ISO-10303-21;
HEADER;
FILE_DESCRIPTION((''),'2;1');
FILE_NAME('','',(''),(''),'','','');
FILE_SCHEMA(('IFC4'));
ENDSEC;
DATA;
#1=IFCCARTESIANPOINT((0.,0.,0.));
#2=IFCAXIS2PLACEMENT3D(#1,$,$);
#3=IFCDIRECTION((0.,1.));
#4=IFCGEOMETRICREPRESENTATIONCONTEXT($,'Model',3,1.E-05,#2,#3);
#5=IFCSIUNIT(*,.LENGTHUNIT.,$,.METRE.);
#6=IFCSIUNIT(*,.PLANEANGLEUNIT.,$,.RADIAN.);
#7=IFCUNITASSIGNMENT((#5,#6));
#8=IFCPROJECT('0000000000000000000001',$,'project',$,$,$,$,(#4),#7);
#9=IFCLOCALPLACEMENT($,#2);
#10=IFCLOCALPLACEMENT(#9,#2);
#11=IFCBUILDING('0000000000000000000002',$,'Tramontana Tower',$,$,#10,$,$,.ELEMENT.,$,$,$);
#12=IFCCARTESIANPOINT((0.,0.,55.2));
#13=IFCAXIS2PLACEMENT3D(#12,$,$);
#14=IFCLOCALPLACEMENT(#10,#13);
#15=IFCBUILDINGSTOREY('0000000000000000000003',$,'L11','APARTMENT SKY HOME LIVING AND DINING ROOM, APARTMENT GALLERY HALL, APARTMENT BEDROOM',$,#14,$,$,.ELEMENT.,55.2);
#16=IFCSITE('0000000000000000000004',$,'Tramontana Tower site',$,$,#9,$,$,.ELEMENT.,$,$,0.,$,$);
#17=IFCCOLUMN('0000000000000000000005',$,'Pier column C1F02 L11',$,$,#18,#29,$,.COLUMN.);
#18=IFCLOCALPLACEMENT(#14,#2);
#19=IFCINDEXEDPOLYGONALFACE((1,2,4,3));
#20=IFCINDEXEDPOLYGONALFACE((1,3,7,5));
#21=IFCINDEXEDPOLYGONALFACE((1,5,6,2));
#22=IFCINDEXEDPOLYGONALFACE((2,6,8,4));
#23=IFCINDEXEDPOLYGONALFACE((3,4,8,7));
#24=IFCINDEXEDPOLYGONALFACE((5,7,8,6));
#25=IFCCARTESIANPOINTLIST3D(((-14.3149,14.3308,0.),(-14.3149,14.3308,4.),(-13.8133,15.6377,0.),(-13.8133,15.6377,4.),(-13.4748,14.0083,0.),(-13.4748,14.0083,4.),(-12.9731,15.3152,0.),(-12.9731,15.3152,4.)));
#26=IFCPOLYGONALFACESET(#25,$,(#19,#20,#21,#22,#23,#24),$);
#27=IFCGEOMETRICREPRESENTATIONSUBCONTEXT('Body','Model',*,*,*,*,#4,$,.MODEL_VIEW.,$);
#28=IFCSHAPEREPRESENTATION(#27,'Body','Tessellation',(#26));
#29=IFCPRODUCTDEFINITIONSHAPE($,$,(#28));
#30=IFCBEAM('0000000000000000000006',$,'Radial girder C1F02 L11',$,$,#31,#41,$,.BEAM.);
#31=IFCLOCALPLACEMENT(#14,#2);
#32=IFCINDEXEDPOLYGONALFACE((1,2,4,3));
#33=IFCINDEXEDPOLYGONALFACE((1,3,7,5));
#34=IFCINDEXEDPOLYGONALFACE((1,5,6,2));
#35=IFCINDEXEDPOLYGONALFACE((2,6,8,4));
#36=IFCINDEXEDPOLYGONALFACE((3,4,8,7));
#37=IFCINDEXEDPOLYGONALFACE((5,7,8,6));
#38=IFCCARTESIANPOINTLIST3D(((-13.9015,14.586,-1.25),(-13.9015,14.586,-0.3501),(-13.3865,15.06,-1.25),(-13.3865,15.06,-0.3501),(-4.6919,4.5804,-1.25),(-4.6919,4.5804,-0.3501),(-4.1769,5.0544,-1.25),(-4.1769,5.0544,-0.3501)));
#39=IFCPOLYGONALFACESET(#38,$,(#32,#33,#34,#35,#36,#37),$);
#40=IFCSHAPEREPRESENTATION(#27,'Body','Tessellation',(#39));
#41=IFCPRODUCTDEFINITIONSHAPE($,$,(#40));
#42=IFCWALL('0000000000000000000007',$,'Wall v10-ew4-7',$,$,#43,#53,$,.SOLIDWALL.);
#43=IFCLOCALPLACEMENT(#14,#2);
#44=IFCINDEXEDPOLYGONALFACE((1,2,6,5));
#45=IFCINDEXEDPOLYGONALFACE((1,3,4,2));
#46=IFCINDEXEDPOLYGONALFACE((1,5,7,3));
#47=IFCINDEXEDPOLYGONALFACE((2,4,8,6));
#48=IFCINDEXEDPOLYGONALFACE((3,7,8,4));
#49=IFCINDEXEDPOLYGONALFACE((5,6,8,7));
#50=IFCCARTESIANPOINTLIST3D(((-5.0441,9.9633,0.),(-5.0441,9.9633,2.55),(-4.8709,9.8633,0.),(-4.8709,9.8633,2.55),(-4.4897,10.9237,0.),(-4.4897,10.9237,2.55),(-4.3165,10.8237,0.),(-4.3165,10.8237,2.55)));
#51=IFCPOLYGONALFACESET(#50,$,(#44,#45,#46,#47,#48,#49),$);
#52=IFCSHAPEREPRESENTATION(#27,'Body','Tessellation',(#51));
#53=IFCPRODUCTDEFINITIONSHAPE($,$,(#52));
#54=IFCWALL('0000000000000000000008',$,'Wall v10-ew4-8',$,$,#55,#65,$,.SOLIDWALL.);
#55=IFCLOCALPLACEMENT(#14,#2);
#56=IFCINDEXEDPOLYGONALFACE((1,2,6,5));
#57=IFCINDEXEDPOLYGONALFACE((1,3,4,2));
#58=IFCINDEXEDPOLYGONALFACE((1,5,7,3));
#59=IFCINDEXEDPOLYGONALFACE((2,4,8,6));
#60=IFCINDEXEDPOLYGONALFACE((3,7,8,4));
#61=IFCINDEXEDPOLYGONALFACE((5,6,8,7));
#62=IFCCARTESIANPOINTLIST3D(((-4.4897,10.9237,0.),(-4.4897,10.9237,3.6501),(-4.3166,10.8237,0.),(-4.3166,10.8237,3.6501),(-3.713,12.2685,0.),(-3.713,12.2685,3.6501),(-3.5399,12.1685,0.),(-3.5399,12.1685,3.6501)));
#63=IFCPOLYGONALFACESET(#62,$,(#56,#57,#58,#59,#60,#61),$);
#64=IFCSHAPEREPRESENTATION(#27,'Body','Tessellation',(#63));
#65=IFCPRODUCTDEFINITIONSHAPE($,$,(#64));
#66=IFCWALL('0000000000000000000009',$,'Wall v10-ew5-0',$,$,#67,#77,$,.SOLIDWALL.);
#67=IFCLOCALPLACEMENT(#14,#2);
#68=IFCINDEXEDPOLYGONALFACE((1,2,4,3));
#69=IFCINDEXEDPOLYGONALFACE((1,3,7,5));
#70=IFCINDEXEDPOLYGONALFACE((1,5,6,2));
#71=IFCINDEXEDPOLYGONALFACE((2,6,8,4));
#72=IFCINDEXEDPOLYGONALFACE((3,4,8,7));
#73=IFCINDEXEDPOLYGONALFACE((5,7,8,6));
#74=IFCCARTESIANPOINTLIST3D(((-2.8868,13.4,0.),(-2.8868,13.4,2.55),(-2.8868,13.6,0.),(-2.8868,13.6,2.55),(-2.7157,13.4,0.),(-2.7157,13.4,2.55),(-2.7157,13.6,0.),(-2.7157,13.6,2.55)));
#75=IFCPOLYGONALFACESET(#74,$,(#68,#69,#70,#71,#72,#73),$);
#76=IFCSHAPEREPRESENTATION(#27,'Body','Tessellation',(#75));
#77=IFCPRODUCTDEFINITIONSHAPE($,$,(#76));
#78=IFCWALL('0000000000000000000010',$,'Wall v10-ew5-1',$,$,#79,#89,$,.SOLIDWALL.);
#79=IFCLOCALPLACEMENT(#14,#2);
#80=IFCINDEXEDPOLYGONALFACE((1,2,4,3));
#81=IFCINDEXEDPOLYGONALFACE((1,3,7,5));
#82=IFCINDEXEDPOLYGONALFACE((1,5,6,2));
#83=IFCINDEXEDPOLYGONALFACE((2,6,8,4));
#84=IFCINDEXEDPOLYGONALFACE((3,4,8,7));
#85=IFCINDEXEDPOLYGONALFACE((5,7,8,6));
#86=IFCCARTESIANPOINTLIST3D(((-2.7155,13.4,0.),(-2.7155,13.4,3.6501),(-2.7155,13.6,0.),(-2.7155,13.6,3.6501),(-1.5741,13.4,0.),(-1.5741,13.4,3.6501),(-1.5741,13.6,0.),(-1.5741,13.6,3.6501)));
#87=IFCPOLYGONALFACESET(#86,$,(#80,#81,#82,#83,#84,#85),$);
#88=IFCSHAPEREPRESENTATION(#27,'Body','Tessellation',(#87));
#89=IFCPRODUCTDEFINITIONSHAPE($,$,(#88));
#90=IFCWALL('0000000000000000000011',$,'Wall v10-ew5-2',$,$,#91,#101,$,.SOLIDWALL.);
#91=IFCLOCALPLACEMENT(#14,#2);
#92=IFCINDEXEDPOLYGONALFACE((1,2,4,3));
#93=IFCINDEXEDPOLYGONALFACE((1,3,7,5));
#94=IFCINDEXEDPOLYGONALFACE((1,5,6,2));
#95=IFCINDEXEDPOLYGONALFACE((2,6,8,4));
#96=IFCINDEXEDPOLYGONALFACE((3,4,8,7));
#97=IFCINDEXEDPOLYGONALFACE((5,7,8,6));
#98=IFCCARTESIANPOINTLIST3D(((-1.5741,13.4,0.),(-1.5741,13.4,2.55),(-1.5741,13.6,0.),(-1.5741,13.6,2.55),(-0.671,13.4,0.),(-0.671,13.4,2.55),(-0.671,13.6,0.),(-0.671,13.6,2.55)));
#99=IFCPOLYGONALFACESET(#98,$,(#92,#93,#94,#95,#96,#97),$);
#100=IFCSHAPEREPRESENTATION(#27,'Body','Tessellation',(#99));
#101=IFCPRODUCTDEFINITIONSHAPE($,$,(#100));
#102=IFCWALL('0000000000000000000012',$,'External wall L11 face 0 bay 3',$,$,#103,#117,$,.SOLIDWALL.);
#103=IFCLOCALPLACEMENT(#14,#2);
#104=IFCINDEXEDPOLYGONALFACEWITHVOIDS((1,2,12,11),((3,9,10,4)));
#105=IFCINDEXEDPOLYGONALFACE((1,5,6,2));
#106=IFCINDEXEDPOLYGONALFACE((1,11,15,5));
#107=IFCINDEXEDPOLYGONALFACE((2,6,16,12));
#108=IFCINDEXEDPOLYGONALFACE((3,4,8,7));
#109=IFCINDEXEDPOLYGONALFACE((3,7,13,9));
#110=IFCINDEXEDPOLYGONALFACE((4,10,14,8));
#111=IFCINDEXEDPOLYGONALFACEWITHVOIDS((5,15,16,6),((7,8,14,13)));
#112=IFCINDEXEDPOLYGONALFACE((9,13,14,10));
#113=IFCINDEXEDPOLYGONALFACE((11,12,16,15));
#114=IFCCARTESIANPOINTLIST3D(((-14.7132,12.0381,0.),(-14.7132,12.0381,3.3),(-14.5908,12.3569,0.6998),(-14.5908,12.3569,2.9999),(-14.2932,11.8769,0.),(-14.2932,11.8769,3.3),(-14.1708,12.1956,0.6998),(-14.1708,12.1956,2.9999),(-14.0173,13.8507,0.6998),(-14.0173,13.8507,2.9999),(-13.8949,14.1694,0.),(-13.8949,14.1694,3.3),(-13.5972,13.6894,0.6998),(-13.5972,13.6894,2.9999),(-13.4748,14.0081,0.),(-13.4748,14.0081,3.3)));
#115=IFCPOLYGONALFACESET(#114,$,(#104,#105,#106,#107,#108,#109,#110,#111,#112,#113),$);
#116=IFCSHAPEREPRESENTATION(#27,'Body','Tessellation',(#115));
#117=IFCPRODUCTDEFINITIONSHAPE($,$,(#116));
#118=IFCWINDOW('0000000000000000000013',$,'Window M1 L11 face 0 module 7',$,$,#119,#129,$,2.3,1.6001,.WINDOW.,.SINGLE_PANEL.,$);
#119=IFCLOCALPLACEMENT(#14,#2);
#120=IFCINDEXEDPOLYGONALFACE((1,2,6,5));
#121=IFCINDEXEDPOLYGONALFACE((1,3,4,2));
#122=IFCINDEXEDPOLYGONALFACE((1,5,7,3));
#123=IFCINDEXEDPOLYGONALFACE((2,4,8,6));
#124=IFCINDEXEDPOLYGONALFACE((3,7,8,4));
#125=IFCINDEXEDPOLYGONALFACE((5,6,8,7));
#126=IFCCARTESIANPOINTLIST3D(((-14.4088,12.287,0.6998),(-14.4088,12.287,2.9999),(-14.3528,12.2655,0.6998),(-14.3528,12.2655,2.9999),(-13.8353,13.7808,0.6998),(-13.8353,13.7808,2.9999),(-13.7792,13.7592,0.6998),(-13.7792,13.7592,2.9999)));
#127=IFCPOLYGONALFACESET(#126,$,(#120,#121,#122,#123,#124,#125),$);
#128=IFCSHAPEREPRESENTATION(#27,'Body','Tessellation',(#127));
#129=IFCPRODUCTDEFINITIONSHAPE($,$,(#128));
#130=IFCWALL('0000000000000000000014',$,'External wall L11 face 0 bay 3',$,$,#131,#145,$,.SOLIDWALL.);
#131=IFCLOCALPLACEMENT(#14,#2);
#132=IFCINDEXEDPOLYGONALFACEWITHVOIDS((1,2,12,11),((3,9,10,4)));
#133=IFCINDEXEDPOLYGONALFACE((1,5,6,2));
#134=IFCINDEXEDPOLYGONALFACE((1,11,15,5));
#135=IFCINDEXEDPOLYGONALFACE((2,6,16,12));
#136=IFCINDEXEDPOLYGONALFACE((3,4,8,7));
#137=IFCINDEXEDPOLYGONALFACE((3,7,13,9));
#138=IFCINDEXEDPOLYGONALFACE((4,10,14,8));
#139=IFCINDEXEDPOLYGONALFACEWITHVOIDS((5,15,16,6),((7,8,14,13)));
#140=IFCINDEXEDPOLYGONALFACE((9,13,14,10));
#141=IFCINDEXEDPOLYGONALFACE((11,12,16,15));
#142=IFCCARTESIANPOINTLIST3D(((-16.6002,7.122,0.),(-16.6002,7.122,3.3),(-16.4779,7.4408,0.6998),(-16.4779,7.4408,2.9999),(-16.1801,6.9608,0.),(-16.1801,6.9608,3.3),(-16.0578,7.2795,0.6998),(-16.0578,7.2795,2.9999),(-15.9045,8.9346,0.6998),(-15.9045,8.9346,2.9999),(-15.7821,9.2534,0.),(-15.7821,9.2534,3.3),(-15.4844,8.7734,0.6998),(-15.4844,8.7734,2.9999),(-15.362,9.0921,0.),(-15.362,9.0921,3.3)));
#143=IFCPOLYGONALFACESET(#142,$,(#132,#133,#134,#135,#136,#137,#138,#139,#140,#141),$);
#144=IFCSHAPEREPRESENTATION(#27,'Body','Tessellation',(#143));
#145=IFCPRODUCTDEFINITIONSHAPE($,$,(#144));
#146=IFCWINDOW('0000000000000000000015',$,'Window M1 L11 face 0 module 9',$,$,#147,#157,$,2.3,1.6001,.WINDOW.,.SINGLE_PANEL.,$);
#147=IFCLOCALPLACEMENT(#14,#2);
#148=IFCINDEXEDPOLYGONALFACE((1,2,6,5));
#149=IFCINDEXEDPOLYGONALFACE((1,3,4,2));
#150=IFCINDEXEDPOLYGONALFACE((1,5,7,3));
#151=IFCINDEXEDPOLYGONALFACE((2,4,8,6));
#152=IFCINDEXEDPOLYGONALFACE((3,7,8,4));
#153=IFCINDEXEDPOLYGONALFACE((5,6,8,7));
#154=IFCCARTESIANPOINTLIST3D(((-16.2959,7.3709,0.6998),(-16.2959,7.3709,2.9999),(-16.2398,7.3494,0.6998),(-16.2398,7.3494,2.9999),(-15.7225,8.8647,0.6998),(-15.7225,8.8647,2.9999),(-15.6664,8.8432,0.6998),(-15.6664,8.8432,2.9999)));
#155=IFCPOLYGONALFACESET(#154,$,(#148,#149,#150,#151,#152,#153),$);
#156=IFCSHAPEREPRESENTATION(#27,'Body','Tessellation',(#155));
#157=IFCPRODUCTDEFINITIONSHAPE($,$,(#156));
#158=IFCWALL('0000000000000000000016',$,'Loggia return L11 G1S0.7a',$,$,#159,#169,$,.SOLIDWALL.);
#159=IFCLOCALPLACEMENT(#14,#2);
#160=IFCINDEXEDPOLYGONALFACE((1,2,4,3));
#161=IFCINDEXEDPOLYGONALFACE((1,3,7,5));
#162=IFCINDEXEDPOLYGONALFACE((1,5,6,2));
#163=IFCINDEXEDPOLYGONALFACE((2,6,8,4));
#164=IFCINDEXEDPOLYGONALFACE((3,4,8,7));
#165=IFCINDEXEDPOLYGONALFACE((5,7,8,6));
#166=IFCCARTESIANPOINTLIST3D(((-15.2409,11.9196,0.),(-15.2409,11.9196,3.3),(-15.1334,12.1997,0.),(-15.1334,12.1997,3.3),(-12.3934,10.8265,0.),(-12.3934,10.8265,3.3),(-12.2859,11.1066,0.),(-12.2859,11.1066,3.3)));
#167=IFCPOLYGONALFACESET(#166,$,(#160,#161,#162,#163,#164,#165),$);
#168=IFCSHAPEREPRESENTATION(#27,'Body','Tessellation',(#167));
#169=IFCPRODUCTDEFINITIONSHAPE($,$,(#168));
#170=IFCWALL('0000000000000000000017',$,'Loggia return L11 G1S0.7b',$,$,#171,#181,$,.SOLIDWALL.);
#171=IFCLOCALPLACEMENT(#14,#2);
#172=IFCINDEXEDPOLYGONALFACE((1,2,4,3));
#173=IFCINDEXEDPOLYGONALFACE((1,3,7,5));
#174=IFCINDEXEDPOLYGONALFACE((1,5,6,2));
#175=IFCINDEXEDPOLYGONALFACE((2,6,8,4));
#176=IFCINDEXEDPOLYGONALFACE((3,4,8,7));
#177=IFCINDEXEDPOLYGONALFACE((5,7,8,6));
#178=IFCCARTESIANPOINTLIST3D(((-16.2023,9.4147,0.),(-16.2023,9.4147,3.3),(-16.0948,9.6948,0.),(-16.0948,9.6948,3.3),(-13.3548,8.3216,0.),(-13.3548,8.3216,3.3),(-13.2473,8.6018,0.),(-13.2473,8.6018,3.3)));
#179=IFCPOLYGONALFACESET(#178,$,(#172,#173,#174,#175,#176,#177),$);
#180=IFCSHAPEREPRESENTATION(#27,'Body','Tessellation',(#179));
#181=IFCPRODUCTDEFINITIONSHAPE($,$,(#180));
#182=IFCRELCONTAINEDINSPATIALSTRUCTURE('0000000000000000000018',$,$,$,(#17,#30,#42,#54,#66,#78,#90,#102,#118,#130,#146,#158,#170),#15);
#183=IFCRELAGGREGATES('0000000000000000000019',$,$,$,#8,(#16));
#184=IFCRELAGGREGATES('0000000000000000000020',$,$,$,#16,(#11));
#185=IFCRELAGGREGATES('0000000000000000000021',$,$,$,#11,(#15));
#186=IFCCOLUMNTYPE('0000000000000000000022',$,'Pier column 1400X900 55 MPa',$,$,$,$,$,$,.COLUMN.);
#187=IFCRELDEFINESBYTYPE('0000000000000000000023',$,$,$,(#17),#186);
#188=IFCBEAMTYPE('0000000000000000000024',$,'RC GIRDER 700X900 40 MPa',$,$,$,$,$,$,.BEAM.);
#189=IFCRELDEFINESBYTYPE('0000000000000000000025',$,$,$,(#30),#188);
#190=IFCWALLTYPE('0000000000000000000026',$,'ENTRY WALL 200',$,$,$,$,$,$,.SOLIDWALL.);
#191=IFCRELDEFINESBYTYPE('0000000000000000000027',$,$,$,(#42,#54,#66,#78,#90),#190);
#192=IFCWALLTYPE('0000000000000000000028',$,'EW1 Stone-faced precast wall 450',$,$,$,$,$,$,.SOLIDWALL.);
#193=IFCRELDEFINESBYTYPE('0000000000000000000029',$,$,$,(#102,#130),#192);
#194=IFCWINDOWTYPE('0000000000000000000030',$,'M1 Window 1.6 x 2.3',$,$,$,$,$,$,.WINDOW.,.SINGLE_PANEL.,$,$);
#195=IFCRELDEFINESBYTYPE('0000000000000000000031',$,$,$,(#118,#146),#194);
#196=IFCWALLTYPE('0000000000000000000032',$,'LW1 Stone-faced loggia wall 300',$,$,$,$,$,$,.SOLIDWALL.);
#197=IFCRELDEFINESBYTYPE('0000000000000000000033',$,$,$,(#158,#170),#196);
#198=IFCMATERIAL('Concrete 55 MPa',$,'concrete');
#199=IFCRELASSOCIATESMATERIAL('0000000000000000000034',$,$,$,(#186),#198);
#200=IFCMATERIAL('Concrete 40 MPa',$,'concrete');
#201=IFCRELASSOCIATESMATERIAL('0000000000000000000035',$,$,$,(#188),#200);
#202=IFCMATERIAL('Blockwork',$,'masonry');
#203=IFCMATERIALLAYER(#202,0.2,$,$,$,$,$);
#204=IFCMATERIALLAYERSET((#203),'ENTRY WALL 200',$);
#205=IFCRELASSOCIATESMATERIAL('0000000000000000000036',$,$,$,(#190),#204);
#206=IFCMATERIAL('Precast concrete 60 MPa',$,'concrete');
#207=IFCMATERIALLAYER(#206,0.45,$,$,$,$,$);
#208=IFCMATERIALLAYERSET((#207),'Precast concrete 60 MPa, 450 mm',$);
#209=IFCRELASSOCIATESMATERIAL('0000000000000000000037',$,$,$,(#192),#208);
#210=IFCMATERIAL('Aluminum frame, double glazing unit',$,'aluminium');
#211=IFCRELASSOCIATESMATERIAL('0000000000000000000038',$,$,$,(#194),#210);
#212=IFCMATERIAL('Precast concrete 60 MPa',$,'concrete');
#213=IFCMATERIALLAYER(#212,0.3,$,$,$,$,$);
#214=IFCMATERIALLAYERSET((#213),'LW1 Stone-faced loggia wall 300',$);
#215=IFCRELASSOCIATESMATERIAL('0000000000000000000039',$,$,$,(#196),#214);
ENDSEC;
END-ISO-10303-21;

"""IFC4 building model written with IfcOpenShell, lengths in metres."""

from ifc_helpers import new_model, si_unit, direction, frame, frame_2d, origin, origin_2d, place, context, subcontext, project, spatial, rectangle, extrude, material, layer, layer_set, material_profile, profile_set, type_object, element, fill, save


model = new_model("IFC4")

# Units and contexts
model_context = context("Model", 3, precision=1e-05, world=origin(), true_north=direction((0.0, 1.0)))
body_context = subcontext(model_context, "Body", "Model", "MODEL_VIEW")
ifc_project = project(units=[si_unit("LENGTHUNIT", "METRE"), si_unit("PLANEANGLEUNIT", "RADIAN")], contexts=[model_context])

# Site, building, storey
site_placement = place(None, origin())
site = spatial("IfcSite", under=ifc_project, at=site_placement, Name="Tramontana Tower site", CompositionType="ELEMENT", RefElevation=0.0)
building_placement = place(site_placement, origin())
building = spatial("IfcBuilding", under=site, at=building_placement, Name="Tramontana Tower", CompositionType="ELEMENT")
storey_placement = place(building_placement, frame((0.0, 0.0, 55.2)))
storey = spatial("IfcBuildingStorey", under=building, at=storey_placement, Name="L11", Description="APARTMENT SKY HOME LIVING AND DINING ROOM, APARTMENT GALLERY HALL, APARTMENT BEDROOM", CompositionType="ELEMENT", Elevation=55.2)

# Column
ifc_material_1 = material(Name="Concrete 55 MPa", Category="concrete")
ifc_material_profile_1 = material_profile(ifc_material_1, rectangle(XDim=1.3999, YDim=0.8999, at=origin_2d()), Name="Pier column 1400X900 55 MPa")
ifc_profile_set_1 = profile_set([ifc_material_profile_1], Name="Concrete 55 MPa")
column_type = type_object("IfcColumnType", Name="Pier column 1400X900 55 MPa", PredefinedType="COLUMN", material=ifc_profile_set_1)
column_placement = place(storey_placement, frame((-13.644, 14.823, 0.0), z_axis=(0.0, 0.0, 1.0), x_axis=(-0.358368, -0.93358, 0.0)))
element("IfcColumn", 1, at=column_placement, inside=storey, type_object=column_type, Name="Pier column C1F02 L11", PredefinedType="COLUMN", context=body_context, shape_type="SweptSolid", body=[
    extrude(rectangle(XDim=1.3999, YDim=0.8999, at=origin_2d()), origin(), (0.0, 0.0, 1.0), 4.0),
])

# Beam
ifc_material_2 = material(Name="Concrete 40 MPa", Category="concrete")
ifc_material_profile_2 = material_profile(ifc_material_2, rectangle(XDim=0.7, YDim=0.8999, at=origin_2d()), Name="RC GIRDER 700X900 40 MPa")
ifc_profile_set_2 = profile_set([ifc_material_profile_2], Name="Concrete 40 MPa")
beam_type = type_object("IfcBeamType", Name="RC GIRDER 700X900 40 MPa", PredefinedType="BEAM", material=ifc_profile_set_2)
beam_placement = place(storey_placement, frame((-13.644, 14.823, -0.8), z_axis=(0.677238, -0.735764, 0.0), x_axis=(0.735764, 0.677238, 0.0)))
element("IfcBeam", 2, at=beam_placement, inside=storey, type_object=beam_type, Name="Radial girder C1F02 L11", PredefinedType="BEAM", context=body_context, shape_type="SweptSolid", body=[
    extrude(rectangle(XDim=0.7, YDim=0.8999, at=origin_2d()), origin(), (0.0, 0.0, 1.0), 13.5989),
])

# Walls
ifc_material_3 = material(Name="Blockwork", Category="masonry")
ifc_layer_1 = layer(ifc_material_3, 0.2)
ifc_layer_set_1 = layer_set([ifc_layer_1], Name="ENTRY WALL 200")
wall_type_1 = type_object("IfcWallType", Name="ENTRY WALL 200", PredefinedType="SOLIDWALL", material=ifc_layer_set_1)
wall_1_placement = place(storey_placement, frame((-4.9575, 9.9133, 0.0), z_axis=(0.0, 0.0, 1.0), x_axis=(0.499951, 0.866054, 0.0)))
element("IfcWall", 3, at=wall_1_placement, inside=storey, type_object=wall_type_1, Name="Wall v10-ew4-7", PredefinedType="SOLIDWALL", context=body_context, shape_type="SweptSolid", body=[
    extrude(rectangle(XDim=1.1089, YDim=0.2, at=frame_2d((0.5544, 0.0))), origin(), (0.0, 0.0, 1.0), 2.55),
])
wall_2_placement = place(storey_placement, frame((-4.4031, 10.8738, 0.0), z_axis=(0.0, 0.0, 1.0), x_axis=(0.500113, 0.86596, 0.0)))
element("IfcWall", 4, at=wall_2_placement, inside=storey, type_object=wall_type_1, Name="Wall v10-ew4-8", PredefinedType="SOLIDWALL", context=body_context, shape_type="SweptSolid", body=[
    extrude(rectangle(XDim=1.553, YDim=0.2, at=frame_2d((0.7764, 0.0))), origin(), (0.0, 0.0, 1.0), 3.6501),
])

# Walls
wall_3_placement = place(storey_placement, frame((-2.8867, 13.5, 0.0), z_axis=(0.0, 0.0, 1.0), x_axis=(1.0, 0.0, 0.0)))
element("IfcWall", 5, at=wall_3_placement, inside=storey, type_object=wall_type_1, Name="Wall v10-ew5-0", PredefinedType="SOLIDWALL", context=body_context, shape_type="SweptSolid", body=[
    extrude(rectangle(XDim=0.1711, YDim=0.2, at=frame_2d((0.0854, 0.0))), origin(), (0.0, 0.0, 1.0), 2.55),
])
wall_4_placement = place(storey_placement, frame((-2.7156, 13.5, 0.0), z_axis=(0.0, 0.0, 1.0), x_axis=(1.0, 0.0, 0.0)))
element("IfcWall", 6, at=wall_4_placement, inside=storey, type_object=wall_type_1, Name="Wall v10-ew5-1", PredefinedType="SOLIDWALL", context=body_context, shape_type="SweptSolid", body=[
    extrude(rectangle(XDim=1.1414, YDim=0.2, at=frame_2d((0.5708, 0.0))), origin(), (0.0, 0.0, 1.0), 3.6501),
])
wall_5_placement = place(storey_placement, frame((-1.5742, 13.5, 0.0), z_axis=(0.0, 0.0, 1.0), x_axis=(1.0, 0.0, 0.0)))
element("IfcWall", 7, at=wall_5_placement, inside=storey, type_object=wall_type_1, Name="Wall v10-ew5-2", PredefinedType="SOLIDWALL", context=body_context, shape_type="SweptSolid", body=[
    extrude(rectangle(XDim=0.9031, YDim=0.2, at=frame_2d((0.4517, 0.0))), origin(), (0.0, 0.0, 1.0), 2.55),
])

# Walls, openings, windows
ifc_material_4 = material(Name="Precast concrete 60 MPa", Category="concrete")
ifc_layer_2 = layer(ifc_material_4, 0.45)
ifc_layer_set_2 = layer_set([ifc_layer_2], Name="Precast concrete 60 MPa, 450 mm")
wall_type_2 = type_object("IfcWallType", Name="EW1 Stone-faced precast wall 450", PredefinedType="SOLIDWALL", material=ifc_layer_set_2)
wall_6_placement = place(storey_placement, frame((-13.6848, 14.0889, 0.0), z_axis=(0.0, 0.0, 1.0), x_axis=(-0.358449, -0.933549, 0.0)))
wall_6 = element("IfcWall", 8, at=wall_6_placement, inside=storey, type_object=wall_type_2, Name="External wall L11 face 0 bay 3", PredefinedType="SOLIDWALL", context=body_context, shape_type="SweptSolid", body=[
    extrude(rectangle(XDim=2.283, YDim=0.45, at=frame_2d((1.1416, 0.0))), origin(), (0.0, 0.0, 1.0), 3.3),
])
opening_1_placement = place(wall_6_placement, frame((0.3416, 0.0, 0.7)))
opening_1 = element("IfcOpeningElement", 9, at=opening_1_placement, cuts=wall_6, PredefinedType="OPENING", context=body_context, shape_type="SweptSolid", body=[
    extrude(rectangle(XDim=1.6001, YDim=2.3, at=frame_2d((0.8, 1.1499))), frame((0.0, 0.2349, 0.0), z_axis=(0.0, -1.0, 0.0), x_axis=(1.0, 0.0, 0.0)), (0.0, 0.0, 1.0), 0.47),
])
ifc_material_5 = material(Name="Aluminum frame, double glazing unit", Category="aluminium")
window_type = type_object("IfcWindowType", Name="M1 Window 1.6 x 2.3", PartitioningType="SINGLE_PANEL", PredefinedType="WINDOW", material=ifc_material_5)
window_1_placement = place(opening_1_placement, origin())
window_1 = element("IfcWindow", 10, at=window_1_placement, inside=storey, type_object=window_type, Name="Window M1 L11 face 0 module 7", OverallHeight=2.3, OverallWidth=1.6001, PartitioningType="SINGLE_PANEL", PredefinedType="WINDOW", context=body_context, shape_type="SweptSolid", body=[
    extrude(rectangle(XDim=1.6001, YDim=2.3, at=frame_2d((0.8, 1.1499))), frame((0.0, 0.03, 0.0), z_axis=(0.0, -1.0, 0.0), x_axis=(1.0, 0.0, 0.0)), (0.0, 0.0, 1.0), 0.0601),
])
fill(opening_1, window_1)
wall_7_placement = place(storey_placement, frame((-15.572, 9.1729, 0.0), z_axis=(0.0, 0.0, 1.0), x_axis=(-0.358356, -0.933585, 0.0)))
wall_7 = element("IfcWall", 11, at=wall_7_placement, inside=storey, type_object=wall_type_2, Name="External wall L11 face 0 bay 3", PredefinedType="SOLIDWALL", context=body_context, shape_type="SweptSolid", body=[
    extrude(rectangle(XDim=2.283, YDim=0.45, at=frame_2d((1.1416, 0.0))), origin(), (0.0, 0.0, 1.0), 3.3),
])
opening_2_placement = place(wall_7_placement, frame((0.3416, 0.0, 0.7)))
opening_2 = element("IfcOpeningElement", 12, at=opening_2_placement, cuts=wall_7, PredefinedType="OPENING", context=body_context, shape_type="SweptSolid", body=[
    extrude(rectangle(XDim=1.6001, YDim=2.3, at=frame_2d((0.8, 1.1499))), frame((0.0, 0.2349, 0.0), z_axis=(0.0, -1.0, 0.0), x_axis=(1.0, 0.0, 0.0)), (0.0, 0.0, 1.0), 0.47),
])
window_2_placement = place(opening_2_placement, origin())
window_2 = element("IfcWindow", 13, at=window_2_placement, inside=storey, type_object=window_type, Name="Window M1 L11 face 0 module 9", OverallHeight=2.3, OverallWidth=1.6001, PartitioningType="SINGLE_PANEL", PredefinedType="WINDOW", context=body_context, shape_type="SweptSolid", body=[
    extrude(rectangle(XDim=1.6001, YDim=2.3, at=frame_2d((0.8, 1.1499))), frame((0.0, 0.03, 0.0), z_axis=(0.0, -1.0, 0.0), x_axis=(1.0, 0.0, 0.0)), (0.0, 0.0, 1.0), 0.0601),
])
fill(opening_2, window_2)

# Shared definitions
ifc_material_6 = material(Name="Precast concrete 60 MPa", Category="concrete")
ifc_layer_3 = layer(ifc_material_6, 0.3)
ifc_layer_set_3 = layer_set([ifc_layer_3], Name="LW1 Stone-faced loggia wall 300")
wall_type_3 = type_object("IfcWallType", Name="LW1 Stone-faced loggia wall 300", PredefinedType="SOLIDWALL", material=ifc_layer_set_3)

# Walls
for number, where, z_axis, x_axis, name in (
    (14, (-15.187, 12.0596, 0.0), (0.0, 0.0, 1.0), (0.933581, -0.358368, 0.0), "Loggia return L11 G1S0.7a"),
    (15, (-16.1484, 9.5547, 0.0), (0.0, 0.0, 1.0), (0.933581, -0.358368, 0.0), "Loggia return L11 G1S0.7b"),
):
    element("IfcWall", number, at=place(storey_placement, frame(where, z_axis=z_axis, x_axis=x_axis)), inside=storey, type_object=wall_type_3, Name=name, PredefinedType="SOLIDWALL", context=body_context, shape_type="SweptSolid", body=[
        extrude(rectangle(XDim=3.05, YDim=0.3, at=frame_2d((1.5249, 0.0))), origin(), (0.0, 0.0, 1.0), 3.3),
    ])

save(model, "model.ifc")
